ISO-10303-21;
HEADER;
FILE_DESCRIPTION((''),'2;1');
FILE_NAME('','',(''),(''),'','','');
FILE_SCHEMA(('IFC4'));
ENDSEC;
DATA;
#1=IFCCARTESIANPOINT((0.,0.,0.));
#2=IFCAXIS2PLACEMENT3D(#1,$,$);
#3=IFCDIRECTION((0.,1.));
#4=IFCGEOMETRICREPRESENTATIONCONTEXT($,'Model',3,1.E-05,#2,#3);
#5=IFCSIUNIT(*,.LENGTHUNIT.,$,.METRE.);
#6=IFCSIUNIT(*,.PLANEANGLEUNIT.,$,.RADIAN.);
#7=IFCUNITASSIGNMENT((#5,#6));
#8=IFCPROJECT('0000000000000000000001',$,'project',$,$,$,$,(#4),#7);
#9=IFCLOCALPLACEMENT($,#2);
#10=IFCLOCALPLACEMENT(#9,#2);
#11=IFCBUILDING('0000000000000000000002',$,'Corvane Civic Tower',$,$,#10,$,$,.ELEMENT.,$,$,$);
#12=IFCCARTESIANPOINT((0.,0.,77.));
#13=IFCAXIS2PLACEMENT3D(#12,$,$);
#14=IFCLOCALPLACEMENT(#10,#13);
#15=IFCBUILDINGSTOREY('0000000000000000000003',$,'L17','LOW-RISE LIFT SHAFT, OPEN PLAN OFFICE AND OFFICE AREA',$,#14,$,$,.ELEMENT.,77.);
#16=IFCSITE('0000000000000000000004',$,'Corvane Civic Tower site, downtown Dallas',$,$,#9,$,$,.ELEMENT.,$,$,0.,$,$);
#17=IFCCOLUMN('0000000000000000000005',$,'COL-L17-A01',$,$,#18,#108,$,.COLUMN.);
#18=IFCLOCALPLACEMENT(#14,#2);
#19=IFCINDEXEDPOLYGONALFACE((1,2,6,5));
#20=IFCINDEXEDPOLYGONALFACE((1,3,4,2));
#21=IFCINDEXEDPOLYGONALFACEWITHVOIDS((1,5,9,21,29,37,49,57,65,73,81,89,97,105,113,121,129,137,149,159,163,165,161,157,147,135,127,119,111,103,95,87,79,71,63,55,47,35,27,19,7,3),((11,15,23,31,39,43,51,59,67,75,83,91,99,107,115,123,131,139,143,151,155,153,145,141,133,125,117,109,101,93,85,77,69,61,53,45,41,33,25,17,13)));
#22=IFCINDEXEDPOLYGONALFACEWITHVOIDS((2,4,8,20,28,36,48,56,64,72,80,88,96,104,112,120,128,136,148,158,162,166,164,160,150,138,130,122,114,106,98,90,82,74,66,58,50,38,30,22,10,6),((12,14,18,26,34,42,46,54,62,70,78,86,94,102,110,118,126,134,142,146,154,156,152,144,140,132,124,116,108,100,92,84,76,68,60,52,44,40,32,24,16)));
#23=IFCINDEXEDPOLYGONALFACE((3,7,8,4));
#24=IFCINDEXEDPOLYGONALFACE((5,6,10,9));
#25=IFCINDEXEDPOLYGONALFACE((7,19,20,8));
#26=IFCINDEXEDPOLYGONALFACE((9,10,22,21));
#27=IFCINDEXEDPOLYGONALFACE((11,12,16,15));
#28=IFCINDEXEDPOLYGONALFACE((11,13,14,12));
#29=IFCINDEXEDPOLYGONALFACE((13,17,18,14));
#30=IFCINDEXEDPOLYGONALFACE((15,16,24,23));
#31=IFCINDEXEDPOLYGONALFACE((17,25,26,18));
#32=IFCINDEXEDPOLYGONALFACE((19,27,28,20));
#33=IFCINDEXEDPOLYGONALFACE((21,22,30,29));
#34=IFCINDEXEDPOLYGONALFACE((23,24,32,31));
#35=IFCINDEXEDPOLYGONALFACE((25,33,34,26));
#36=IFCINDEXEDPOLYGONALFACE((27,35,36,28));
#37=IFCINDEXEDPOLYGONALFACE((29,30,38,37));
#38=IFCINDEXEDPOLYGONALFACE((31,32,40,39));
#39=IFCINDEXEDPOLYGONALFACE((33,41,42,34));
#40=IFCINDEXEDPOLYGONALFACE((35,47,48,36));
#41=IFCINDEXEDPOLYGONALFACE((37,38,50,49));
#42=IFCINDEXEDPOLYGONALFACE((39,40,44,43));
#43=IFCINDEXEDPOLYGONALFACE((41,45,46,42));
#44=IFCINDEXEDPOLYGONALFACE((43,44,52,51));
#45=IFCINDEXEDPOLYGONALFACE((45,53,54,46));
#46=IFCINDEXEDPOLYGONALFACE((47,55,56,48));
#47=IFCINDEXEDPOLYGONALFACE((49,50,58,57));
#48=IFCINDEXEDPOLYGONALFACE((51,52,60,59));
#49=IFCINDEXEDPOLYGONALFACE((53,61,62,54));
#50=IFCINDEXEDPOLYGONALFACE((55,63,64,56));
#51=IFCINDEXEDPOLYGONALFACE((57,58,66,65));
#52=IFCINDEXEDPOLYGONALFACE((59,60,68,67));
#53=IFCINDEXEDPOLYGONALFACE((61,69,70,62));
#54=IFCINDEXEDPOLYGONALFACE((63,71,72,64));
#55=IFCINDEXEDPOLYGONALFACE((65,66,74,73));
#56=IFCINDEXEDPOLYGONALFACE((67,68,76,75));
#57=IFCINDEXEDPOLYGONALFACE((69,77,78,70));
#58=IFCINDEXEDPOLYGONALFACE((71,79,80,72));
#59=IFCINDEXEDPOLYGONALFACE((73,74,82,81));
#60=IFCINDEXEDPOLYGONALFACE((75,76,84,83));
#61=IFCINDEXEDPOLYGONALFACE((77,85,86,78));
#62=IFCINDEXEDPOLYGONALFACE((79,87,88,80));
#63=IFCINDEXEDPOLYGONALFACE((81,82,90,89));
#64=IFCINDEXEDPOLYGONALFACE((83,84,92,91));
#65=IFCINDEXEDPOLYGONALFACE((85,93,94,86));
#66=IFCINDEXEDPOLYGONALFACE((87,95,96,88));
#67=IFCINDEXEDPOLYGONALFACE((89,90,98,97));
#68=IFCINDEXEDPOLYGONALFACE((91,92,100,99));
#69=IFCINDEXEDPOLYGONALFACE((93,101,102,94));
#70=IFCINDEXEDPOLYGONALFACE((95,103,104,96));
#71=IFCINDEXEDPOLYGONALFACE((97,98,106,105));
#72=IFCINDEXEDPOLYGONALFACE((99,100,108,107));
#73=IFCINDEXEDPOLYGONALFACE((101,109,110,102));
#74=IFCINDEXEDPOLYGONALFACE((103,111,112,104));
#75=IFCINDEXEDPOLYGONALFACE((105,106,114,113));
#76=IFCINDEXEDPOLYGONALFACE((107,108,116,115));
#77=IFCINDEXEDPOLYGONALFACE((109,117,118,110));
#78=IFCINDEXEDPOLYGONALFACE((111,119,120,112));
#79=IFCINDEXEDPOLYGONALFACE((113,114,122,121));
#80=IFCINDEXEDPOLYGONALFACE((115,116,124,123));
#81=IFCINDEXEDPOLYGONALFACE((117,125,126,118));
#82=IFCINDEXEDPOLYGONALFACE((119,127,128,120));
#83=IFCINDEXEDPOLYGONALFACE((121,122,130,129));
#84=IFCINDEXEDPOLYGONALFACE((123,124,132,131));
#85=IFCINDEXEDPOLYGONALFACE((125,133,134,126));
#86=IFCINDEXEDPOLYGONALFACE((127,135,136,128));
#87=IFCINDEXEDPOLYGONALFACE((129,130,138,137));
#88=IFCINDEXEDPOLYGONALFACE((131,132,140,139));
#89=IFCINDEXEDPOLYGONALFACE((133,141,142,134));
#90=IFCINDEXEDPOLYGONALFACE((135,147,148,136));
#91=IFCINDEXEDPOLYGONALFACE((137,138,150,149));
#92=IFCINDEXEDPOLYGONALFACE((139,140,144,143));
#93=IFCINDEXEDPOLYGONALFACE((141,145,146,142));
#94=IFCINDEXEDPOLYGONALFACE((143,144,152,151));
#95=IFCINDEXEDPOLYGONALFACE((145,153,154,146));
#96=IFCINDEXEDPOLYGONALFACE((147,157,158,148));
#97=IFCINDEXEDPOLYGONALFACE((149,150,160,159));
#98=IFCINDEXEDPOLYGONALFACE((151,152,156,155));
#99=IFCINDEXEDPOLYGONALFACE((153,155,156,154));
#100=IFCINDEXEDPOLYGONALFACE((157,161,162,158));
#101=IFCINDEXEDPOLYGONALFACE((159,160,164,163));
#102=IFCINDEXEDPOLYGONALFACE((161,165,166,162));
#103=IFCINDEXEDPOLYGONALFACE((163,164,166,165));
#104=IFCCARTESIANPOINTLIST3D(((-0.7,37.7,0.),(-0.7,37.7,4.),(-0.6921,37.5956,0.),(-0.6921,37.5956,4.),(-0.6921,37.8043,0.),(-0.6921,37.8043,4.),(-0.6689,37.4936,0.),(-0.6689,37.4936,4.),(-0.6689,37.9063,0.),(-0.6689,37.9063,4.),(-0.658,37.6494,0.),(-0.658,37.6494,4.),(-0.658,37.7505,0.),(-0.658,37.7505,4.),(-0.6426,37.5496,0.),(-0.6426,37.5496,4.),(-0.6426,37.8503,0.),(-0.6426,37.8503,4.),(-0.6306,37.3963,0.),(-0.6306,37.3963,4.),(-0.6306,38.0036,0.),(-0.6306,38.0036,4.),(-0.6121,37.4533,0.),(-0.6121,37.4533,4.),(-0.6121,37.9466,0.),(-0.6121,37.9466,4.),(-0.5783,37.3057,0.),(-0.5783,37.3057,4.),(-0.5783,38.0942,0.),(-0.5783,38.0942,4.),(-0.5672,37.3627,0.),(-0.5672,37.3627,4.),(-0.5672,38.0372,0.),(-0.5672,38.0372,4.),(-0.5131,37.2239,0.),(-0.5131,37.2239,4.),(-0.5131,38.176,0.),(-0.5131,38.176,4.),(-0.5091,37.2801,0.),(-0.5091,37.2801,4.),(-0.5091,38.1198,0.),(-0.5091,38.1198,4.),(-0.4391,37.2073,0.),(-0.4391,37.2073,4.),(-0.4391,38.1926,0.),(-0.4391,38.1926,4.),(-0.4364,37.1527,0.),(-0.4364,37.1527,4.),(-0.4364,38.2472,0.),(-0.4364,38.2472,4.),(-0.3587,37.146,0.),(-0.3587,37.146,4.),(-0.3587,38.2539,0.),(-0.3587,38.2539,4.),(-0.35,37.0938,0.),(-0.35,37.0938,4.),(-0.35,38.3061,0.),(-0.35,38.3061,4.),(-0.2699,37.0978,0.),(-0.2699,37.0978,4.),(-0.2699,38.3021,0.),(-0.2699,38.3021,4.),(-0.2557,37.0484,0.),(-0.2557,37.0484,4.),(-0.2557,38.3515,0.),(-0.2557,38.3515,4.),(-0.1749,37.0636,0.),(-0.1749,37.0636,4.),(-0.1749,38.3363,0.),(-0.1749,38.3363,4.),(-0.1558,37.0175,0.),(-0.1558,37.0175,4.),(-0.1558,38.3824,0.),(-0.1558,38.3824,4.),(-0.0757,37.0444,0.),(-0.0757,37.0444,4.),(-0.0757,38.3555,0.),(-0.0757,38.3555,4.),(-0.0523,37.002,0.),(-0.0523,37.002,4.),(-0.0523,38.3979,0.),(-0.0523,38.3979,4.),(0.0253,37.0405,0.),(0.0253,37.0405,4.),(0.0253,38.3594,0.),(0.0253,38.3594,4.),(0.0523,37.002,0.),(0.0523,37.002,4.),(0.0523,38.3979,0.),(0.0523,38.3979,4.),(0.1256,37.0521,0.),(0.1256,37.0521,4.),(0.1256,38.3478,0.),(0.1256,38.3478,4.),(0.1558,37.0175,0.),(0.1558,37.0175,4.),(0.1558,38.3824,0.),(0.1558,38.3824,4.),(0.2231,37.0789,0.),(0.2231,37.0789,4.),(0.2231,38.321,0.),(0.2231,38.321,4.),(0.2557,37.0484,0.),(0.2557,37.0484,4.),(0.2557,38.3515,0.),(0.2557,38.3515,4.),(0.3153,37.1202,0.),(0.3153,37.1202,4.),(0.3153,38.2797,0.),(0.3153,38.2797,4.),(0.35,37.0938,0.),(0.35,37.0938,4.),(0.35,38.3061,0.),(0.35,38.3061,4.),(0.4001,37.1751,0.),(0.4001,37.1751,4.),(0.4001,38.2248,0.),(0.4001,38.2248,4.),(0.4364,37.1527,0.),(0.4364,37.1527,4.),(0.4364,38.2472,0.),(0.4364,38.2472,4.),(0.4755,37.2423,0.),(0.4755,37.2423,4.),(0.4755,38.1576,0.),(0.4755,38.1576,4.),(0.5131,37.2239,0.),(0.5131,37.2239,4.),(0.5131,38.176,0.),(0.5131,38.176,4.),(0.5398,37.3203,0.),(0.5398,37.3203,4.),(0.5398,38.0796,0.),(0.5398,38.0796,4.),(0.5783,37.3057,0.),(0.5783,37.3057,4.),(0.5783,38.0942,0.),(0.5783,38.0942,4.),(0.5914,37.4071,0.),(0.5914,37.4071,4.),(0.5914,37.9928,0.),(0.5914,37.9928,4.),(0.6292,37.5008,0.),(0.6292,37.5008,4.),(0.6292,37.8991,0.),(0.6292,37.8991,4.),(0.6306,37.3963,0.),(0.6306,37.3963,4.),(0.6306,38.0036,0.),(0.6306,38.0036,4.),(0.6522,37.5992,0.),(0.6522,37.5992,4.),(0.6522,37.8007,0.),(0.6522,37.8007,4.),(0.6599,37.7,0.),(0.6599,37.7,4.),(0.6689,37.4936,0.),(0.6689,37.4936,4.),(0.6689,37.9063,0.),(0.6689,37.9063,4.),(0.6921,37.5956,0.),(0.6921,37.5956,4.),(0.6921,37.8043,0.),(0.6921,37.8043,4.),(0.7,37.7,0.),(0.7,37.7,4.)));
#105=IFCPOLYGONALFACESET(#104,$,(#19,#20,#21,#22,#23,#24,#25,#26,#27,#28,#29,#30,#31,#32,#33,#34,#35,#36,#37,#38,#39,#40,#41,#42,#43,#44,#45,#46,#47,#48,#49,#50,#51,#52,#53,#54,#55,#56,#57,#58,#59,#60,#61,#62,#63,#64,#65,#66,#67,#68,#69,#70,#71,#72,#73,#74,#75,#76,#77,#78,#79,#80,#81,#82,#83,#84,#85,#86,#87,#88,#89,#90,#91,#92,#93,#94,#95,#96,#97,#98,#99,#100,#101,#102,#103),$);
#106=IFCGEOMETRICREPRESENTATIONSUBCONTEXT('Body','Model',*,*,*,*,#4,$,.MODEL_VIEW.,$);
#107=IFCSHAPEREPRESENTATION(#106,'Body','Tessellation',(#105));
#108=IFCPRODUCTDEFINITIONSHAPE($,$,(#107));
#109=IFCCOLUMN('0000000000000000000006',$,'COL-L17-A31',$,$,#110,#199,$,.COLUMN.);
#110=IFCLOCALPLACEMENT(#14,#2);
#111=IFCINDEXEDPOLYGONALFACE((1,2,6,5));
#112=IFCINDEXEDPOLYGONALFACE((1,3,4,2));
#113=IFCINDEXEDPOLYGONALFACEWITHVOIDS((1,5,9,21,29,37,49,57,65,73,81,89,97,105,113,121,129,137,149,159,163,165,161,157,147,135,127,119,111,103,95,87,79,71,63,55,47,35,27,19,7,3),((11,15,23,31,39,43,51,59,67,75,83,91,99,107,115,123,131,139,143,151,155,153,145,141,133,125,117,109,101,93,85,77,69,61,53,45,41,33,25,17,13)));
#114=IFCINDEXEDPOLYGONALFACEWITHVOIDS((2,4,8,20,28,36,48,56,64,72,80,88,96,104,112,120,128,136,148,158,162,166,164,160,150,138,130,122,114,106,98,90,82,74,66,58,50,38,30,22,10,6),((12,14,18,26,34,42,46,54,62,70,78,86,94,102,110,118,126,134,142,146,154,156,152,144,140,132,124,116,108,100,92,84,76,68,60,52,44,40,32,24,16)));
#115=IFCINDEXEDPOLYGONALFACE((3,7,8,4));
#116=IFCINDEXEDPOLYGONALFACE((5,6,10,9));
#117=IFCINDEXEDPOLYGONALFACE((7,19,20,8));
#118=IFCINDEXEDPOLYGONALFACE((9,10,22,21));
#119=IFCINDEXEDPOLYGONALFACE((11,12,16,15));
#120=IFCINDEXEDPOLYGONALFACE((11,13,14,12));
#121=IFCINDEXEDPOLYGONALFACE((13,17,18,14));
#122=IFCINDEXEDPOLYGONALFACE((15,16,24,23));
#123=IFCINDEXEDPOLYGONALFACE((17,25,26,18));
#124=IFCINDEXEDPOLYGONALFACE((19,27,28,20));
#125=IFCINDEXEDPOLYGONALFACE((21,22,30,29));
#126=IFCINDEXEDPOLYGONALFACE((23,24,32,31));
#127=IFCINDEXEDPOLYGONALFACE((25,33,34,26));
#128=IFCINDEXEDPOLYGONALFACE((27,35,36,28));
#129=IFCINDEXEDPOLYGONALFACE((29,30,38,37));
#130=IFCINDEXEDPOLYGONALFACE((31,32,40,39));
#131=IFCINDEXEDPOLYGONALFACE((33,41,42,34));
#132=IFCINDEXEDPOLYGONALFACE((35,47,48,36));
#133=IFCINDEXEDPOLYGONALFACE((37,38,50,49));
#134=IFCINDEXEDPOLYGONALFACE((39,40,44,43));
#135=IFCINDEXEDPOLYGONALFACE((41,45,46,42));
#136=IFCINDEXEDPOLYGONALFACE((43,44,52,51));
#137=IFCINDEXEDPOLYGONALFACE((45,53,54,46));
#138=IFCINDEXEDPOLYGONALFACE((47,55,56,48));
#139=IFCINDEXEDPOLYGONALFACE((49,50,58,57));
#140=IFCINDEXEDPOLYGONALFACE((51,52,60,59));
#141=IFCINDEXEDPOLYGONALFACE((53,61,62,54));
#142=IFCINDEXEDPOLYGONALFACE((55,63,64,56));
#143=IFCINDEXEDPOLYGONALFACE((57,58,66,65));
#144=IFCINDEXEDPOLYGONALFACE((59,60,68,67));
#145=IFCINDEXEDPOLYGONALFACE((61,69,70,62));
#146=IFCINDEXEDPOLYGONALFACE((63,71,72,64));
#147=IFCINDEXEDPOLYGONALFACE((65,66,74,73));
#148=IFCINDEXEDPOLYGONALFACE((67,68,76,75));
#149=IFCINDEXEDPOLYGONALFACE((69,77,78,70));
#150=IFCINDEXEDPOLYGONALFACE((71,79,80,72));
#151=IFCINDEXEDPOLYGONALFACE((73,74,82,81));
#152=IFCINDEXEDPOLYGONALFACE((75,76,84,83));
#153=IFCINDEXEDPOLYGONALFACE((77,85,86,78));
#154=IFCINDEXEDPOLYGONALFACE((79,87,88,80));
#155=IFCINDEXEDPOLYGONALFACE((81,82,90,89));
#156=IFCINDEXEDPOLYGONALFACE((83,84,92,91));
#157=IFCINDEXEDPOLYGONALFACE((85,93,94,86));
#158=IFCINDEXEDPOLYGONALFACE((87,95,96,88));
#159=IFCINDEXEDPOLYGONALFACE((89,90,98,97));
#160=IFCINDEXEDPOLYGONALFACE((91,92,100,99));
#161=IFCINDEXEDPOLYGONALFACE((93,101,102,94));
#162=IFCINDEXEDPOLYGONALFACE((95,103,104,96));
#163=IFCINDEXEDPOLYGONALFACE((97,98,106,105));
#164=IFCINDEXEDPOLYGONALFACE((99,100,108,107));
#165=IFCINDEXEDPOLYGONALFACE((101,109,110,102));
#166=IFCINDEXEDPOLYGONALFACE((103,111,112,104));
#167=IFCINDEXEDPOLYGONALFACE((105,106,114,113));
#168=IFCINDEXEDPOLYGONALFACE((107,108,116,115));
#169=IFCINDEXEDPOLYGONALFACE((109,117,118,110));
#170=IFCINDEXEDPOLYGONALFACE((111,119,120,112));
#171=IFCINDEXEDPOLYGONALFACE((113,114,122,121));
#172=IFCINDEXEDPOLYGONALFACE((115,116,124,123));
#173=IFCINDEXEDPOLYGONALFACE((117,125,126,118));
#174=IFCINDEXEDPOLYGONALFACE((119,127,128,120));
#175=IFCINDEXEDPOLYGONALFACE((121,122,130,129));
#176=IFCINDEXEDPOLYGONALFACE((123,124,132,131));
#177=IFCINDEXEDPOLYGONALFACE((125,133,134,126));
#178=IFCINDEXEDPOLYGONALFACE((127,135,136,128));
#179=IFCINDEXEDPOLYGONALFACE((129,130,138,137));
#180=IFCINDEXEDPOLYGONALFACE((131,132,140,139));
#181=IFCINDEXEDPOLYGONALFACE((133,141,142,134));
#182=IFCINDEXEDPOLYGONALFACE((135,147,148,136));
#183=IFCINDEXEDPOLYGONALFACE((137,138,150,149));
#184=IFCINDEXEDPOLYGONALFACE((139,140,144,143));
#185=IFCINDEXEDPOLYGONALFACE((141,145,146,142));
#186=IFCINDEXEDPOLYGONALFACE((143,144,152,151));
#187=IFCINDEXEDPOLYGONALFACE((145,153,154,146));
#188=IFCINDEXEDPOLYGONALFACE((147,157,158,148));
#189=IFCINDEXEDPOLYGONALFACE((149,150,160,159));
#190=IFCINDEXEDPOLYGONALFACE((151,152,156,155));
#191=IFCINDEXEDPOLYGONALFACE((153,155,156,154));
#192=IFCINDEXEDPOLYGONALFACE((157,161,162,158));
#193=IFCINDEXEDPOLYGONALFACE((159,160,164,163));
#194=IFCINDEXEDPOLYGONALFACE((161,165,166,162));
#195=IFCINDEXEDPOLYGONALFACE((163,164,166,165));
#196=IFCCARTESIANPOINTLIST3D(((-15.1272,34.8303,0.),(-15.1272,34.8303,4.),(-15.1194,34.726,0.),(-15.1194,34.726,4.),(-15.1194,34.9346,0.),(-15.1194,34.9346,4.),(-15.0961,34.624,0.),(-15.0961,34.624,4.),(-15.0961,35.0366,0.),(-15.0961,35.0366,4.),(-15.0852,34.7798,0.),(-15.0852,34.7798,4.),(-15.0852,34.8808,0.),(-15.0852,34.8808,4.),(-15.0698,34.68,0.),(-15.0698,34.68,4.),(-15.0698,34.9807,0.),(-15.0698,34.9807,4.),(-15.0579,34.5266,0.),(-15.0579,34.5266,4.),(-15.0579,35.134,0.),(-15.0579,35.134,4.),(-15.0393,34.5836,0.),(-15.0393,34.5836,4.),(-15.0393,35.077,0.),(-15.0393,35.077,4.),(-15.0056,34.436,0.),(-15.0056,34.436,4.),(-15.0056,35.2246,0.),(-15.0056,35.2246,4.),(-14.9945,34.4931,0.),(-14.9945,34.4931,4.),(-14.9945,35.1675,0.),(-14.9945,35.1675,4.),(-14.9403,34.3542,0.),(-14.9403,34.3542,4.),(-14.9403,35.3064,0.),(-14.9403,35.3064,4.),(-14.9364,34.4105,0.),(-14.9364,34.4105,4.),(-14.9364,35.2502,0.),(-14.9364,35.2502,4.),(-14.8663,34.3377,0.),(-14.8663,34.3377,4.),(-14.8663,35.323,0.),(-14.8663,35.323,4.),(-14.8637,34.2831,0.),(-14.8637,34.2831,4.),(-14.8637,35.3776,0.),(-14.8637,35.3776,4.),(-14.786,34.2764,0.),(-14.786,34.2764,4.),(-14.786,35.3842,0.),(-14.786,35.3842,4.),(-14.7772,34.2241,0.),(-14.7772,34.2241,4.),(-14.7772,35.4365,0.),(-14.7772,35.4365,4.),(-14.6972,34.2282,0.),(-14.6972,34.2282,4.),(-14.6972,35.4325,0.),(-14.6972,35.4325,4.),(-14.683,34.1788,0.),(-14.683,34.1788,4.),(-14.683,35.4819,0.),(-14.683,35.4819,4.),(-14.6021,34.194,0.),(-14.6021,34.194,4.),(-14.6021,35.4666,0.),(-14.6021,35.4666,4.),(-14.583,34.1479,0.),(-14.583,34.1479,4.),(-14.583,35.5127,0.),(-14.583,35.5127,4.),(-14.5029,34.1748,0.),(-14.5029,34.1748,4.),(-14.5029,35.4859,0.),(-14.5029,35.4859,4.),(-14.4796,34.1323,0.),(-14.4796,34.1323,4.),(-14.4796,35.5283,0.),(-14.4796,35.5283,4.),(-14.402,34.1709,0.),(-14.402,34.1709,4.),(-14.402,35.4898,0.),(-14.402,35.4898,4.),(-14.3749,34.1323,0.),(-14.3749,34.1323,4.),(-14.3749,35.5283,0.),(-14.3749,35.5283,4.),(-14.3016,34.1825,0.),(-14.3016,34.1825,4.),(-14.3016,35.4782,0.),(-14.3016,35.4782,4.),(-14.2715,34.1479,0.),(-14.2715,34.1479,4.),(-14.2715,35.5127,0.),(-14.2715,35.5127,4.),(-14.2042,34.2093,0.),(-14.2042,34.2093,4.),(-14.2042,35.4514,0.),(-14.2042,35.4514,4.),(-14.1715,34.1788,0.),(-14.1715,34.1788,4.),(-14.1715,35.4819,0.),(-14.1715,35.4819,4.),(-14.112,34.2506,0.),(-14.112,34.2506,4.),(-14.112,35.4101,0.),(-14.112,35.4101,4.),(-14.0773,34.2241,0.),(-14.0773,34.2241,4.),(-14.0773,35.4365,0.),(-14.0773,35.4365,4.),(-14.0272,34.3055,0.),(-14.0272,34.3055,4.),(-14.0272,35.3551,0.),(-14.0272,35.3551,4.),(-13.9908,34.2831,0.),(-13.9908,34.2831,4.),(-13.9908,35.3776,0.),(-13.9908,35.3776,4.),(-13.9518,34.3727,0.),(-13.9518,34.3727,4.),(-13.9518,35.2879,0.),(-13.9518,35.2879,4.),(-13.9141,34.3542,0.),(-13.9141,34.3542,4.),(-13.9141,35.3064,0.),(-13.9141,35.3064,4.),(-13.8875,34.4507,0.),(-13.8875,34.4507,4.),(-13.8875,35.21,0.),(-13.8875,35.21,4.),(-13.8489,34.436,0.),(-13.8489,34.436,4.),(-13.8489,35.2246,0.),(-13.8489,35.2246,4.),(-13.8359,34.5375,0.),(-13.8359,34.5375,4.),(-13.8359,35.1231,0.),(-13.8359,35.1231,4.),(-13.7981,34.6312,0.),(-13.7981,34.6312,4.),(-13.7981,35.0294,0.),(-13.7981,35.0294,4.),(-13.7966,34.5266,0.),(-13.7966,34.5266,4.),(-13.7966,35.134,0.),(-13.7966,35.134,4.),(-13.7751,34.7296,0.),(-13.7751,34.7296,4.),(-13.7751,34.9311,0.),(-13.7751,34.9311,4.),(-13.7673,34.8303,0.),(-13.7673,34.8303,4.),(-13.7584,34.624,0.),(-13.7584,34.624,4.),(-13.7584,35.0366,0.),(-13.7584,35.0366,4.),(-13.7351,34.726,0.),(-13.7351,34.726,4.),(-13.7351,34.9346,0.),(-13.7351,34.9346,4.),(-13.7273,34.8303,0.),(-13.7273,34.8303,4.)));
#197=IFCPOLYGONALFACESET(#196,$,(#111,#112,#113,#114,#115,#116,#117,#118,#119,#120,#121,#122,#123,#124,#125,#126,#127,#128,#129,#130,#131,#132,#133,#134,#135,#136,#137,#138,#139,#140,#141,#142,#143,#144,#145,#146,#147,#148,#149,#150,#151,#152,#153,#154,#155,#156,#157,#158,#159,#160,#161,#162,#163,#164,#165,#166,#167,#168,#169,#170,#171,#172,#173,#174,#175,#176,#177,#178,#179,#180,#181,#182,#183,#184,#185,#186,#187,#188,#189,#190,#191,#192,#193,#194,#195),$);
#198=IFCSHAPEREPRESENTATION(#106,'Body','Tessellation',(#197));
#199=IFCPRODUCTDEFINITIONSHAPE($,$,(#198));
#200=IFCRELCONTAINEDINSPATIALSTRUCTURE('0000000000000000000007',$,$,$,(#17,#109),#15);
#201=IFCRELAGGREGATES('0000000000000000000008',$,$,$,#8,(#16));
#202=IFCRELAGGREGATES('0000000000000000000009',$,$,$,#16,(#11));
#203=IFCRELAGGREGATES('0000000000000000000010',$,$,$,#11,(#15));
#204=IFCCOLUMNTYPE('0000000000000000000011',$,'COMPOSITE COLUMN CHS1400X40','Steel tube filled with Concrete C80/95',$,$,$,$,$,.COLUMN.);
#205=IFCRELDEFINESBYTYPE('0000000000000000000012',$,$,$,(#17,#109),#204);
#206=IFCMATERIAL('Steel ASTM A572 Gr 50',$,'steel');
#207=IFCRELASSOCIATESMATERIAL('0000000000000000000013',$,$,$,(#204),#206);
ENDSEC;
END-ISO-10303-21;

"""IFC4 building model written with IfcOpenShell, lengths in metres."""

from ifc_helpers import new_model, si_unit, direction, frame, origin, origin_2d, place, context, subcontext, project, spatial, hollow_circle, extrude, material, material_profile, profile_set, type_object, element, save


model = new_model("IFC4")

# Units and contexts
model_context = context("Model", 3, precision=1e-05, world=origin(), true_north=direction((0.0, 1.0)))
body_context = subcontext(model_context, "Body", "Model", "MODEL_VIEW")
ifc_project = project(units=[si_unit("LENGTHUNIT", "METRE"), si_unit("PLANEANGLEUNIT", "RADIAN")], contexts=[model_context])

# Site, building, storey
site_placement = place(None, origin())
site = spatial("IfcSite", under=ifc_project, at=site_placement, Name="Corvane Civic Tower site, downtown Dallas", CompositionType="ELEMENT", RefElevation=0.0)
building_placement = place(site_placement, origin())
building = spatial("IfcBuilding", under=site, at=building_placement, Name="Corvane Civic Tower", CompositionType="ELEMENT")
storey_placement = place(building_placement, frame((0.0, 0.0, 77.0)))
storey = spatial("IfcBuildingStorey", under=building, at=storey_placement, Name="L17", Description="LOW-RISE LIFT SHAFT, OPEN PLAN OFFICE AND OFFICE AREA", CompositionType="ELEMENT", Elevation=77.0)

# Columns
ifc_material_1 = material(Name="Steel ASTM A572 Gr 50", Category="steel")
ifc_material_profile_1 = material_profile(ifc_material_1, hollow_circle(Radius=0.7, WallThickness=0.04, at=origin_2d()), Name="CHS1400X40")
ifc_profile_set_1 = profile_set([ifc_material_profile_1], Name="Steel ASTM A572 Gr 50")
column_type = type_object("IfcColumnType", Name="COMPOSITE COLUMN CHS1400X40", Description="Steel tube filled with Concrete C80/95", PredefinedType="COLUMN", material=ifc_profile_set_1)
for number, where, z_axis, x_axis, name in (
    (1, (0.0, 37.7, 0.0), (0.0, 0.0, 1.0), (1.0, 0.0, 0.0), "COL-L17-A01"),
    (2, (-14.4272, 34.8303, 0.0), (0.0, 0.0, 1.0), (1.0, 0.0, 0.0), "COL-L17-A31"),
):
    element("IfcColumn", number, at=place(storey_placement, frame(where, z_axis=z_axis, x_axis=x_axis)), inside=storey, type_object=column_type, Name=name, PredefinedType="COLUMN", context=body_context, shape_type="SweptSolid", body=[
        extrude(hollow_circle(Radius=0.7, WallThickness=0.04, at=origin_2d()), origin(), (0.0, 0.0, 1.0), 4.0),
    ])

save(model, "model.ifc")
